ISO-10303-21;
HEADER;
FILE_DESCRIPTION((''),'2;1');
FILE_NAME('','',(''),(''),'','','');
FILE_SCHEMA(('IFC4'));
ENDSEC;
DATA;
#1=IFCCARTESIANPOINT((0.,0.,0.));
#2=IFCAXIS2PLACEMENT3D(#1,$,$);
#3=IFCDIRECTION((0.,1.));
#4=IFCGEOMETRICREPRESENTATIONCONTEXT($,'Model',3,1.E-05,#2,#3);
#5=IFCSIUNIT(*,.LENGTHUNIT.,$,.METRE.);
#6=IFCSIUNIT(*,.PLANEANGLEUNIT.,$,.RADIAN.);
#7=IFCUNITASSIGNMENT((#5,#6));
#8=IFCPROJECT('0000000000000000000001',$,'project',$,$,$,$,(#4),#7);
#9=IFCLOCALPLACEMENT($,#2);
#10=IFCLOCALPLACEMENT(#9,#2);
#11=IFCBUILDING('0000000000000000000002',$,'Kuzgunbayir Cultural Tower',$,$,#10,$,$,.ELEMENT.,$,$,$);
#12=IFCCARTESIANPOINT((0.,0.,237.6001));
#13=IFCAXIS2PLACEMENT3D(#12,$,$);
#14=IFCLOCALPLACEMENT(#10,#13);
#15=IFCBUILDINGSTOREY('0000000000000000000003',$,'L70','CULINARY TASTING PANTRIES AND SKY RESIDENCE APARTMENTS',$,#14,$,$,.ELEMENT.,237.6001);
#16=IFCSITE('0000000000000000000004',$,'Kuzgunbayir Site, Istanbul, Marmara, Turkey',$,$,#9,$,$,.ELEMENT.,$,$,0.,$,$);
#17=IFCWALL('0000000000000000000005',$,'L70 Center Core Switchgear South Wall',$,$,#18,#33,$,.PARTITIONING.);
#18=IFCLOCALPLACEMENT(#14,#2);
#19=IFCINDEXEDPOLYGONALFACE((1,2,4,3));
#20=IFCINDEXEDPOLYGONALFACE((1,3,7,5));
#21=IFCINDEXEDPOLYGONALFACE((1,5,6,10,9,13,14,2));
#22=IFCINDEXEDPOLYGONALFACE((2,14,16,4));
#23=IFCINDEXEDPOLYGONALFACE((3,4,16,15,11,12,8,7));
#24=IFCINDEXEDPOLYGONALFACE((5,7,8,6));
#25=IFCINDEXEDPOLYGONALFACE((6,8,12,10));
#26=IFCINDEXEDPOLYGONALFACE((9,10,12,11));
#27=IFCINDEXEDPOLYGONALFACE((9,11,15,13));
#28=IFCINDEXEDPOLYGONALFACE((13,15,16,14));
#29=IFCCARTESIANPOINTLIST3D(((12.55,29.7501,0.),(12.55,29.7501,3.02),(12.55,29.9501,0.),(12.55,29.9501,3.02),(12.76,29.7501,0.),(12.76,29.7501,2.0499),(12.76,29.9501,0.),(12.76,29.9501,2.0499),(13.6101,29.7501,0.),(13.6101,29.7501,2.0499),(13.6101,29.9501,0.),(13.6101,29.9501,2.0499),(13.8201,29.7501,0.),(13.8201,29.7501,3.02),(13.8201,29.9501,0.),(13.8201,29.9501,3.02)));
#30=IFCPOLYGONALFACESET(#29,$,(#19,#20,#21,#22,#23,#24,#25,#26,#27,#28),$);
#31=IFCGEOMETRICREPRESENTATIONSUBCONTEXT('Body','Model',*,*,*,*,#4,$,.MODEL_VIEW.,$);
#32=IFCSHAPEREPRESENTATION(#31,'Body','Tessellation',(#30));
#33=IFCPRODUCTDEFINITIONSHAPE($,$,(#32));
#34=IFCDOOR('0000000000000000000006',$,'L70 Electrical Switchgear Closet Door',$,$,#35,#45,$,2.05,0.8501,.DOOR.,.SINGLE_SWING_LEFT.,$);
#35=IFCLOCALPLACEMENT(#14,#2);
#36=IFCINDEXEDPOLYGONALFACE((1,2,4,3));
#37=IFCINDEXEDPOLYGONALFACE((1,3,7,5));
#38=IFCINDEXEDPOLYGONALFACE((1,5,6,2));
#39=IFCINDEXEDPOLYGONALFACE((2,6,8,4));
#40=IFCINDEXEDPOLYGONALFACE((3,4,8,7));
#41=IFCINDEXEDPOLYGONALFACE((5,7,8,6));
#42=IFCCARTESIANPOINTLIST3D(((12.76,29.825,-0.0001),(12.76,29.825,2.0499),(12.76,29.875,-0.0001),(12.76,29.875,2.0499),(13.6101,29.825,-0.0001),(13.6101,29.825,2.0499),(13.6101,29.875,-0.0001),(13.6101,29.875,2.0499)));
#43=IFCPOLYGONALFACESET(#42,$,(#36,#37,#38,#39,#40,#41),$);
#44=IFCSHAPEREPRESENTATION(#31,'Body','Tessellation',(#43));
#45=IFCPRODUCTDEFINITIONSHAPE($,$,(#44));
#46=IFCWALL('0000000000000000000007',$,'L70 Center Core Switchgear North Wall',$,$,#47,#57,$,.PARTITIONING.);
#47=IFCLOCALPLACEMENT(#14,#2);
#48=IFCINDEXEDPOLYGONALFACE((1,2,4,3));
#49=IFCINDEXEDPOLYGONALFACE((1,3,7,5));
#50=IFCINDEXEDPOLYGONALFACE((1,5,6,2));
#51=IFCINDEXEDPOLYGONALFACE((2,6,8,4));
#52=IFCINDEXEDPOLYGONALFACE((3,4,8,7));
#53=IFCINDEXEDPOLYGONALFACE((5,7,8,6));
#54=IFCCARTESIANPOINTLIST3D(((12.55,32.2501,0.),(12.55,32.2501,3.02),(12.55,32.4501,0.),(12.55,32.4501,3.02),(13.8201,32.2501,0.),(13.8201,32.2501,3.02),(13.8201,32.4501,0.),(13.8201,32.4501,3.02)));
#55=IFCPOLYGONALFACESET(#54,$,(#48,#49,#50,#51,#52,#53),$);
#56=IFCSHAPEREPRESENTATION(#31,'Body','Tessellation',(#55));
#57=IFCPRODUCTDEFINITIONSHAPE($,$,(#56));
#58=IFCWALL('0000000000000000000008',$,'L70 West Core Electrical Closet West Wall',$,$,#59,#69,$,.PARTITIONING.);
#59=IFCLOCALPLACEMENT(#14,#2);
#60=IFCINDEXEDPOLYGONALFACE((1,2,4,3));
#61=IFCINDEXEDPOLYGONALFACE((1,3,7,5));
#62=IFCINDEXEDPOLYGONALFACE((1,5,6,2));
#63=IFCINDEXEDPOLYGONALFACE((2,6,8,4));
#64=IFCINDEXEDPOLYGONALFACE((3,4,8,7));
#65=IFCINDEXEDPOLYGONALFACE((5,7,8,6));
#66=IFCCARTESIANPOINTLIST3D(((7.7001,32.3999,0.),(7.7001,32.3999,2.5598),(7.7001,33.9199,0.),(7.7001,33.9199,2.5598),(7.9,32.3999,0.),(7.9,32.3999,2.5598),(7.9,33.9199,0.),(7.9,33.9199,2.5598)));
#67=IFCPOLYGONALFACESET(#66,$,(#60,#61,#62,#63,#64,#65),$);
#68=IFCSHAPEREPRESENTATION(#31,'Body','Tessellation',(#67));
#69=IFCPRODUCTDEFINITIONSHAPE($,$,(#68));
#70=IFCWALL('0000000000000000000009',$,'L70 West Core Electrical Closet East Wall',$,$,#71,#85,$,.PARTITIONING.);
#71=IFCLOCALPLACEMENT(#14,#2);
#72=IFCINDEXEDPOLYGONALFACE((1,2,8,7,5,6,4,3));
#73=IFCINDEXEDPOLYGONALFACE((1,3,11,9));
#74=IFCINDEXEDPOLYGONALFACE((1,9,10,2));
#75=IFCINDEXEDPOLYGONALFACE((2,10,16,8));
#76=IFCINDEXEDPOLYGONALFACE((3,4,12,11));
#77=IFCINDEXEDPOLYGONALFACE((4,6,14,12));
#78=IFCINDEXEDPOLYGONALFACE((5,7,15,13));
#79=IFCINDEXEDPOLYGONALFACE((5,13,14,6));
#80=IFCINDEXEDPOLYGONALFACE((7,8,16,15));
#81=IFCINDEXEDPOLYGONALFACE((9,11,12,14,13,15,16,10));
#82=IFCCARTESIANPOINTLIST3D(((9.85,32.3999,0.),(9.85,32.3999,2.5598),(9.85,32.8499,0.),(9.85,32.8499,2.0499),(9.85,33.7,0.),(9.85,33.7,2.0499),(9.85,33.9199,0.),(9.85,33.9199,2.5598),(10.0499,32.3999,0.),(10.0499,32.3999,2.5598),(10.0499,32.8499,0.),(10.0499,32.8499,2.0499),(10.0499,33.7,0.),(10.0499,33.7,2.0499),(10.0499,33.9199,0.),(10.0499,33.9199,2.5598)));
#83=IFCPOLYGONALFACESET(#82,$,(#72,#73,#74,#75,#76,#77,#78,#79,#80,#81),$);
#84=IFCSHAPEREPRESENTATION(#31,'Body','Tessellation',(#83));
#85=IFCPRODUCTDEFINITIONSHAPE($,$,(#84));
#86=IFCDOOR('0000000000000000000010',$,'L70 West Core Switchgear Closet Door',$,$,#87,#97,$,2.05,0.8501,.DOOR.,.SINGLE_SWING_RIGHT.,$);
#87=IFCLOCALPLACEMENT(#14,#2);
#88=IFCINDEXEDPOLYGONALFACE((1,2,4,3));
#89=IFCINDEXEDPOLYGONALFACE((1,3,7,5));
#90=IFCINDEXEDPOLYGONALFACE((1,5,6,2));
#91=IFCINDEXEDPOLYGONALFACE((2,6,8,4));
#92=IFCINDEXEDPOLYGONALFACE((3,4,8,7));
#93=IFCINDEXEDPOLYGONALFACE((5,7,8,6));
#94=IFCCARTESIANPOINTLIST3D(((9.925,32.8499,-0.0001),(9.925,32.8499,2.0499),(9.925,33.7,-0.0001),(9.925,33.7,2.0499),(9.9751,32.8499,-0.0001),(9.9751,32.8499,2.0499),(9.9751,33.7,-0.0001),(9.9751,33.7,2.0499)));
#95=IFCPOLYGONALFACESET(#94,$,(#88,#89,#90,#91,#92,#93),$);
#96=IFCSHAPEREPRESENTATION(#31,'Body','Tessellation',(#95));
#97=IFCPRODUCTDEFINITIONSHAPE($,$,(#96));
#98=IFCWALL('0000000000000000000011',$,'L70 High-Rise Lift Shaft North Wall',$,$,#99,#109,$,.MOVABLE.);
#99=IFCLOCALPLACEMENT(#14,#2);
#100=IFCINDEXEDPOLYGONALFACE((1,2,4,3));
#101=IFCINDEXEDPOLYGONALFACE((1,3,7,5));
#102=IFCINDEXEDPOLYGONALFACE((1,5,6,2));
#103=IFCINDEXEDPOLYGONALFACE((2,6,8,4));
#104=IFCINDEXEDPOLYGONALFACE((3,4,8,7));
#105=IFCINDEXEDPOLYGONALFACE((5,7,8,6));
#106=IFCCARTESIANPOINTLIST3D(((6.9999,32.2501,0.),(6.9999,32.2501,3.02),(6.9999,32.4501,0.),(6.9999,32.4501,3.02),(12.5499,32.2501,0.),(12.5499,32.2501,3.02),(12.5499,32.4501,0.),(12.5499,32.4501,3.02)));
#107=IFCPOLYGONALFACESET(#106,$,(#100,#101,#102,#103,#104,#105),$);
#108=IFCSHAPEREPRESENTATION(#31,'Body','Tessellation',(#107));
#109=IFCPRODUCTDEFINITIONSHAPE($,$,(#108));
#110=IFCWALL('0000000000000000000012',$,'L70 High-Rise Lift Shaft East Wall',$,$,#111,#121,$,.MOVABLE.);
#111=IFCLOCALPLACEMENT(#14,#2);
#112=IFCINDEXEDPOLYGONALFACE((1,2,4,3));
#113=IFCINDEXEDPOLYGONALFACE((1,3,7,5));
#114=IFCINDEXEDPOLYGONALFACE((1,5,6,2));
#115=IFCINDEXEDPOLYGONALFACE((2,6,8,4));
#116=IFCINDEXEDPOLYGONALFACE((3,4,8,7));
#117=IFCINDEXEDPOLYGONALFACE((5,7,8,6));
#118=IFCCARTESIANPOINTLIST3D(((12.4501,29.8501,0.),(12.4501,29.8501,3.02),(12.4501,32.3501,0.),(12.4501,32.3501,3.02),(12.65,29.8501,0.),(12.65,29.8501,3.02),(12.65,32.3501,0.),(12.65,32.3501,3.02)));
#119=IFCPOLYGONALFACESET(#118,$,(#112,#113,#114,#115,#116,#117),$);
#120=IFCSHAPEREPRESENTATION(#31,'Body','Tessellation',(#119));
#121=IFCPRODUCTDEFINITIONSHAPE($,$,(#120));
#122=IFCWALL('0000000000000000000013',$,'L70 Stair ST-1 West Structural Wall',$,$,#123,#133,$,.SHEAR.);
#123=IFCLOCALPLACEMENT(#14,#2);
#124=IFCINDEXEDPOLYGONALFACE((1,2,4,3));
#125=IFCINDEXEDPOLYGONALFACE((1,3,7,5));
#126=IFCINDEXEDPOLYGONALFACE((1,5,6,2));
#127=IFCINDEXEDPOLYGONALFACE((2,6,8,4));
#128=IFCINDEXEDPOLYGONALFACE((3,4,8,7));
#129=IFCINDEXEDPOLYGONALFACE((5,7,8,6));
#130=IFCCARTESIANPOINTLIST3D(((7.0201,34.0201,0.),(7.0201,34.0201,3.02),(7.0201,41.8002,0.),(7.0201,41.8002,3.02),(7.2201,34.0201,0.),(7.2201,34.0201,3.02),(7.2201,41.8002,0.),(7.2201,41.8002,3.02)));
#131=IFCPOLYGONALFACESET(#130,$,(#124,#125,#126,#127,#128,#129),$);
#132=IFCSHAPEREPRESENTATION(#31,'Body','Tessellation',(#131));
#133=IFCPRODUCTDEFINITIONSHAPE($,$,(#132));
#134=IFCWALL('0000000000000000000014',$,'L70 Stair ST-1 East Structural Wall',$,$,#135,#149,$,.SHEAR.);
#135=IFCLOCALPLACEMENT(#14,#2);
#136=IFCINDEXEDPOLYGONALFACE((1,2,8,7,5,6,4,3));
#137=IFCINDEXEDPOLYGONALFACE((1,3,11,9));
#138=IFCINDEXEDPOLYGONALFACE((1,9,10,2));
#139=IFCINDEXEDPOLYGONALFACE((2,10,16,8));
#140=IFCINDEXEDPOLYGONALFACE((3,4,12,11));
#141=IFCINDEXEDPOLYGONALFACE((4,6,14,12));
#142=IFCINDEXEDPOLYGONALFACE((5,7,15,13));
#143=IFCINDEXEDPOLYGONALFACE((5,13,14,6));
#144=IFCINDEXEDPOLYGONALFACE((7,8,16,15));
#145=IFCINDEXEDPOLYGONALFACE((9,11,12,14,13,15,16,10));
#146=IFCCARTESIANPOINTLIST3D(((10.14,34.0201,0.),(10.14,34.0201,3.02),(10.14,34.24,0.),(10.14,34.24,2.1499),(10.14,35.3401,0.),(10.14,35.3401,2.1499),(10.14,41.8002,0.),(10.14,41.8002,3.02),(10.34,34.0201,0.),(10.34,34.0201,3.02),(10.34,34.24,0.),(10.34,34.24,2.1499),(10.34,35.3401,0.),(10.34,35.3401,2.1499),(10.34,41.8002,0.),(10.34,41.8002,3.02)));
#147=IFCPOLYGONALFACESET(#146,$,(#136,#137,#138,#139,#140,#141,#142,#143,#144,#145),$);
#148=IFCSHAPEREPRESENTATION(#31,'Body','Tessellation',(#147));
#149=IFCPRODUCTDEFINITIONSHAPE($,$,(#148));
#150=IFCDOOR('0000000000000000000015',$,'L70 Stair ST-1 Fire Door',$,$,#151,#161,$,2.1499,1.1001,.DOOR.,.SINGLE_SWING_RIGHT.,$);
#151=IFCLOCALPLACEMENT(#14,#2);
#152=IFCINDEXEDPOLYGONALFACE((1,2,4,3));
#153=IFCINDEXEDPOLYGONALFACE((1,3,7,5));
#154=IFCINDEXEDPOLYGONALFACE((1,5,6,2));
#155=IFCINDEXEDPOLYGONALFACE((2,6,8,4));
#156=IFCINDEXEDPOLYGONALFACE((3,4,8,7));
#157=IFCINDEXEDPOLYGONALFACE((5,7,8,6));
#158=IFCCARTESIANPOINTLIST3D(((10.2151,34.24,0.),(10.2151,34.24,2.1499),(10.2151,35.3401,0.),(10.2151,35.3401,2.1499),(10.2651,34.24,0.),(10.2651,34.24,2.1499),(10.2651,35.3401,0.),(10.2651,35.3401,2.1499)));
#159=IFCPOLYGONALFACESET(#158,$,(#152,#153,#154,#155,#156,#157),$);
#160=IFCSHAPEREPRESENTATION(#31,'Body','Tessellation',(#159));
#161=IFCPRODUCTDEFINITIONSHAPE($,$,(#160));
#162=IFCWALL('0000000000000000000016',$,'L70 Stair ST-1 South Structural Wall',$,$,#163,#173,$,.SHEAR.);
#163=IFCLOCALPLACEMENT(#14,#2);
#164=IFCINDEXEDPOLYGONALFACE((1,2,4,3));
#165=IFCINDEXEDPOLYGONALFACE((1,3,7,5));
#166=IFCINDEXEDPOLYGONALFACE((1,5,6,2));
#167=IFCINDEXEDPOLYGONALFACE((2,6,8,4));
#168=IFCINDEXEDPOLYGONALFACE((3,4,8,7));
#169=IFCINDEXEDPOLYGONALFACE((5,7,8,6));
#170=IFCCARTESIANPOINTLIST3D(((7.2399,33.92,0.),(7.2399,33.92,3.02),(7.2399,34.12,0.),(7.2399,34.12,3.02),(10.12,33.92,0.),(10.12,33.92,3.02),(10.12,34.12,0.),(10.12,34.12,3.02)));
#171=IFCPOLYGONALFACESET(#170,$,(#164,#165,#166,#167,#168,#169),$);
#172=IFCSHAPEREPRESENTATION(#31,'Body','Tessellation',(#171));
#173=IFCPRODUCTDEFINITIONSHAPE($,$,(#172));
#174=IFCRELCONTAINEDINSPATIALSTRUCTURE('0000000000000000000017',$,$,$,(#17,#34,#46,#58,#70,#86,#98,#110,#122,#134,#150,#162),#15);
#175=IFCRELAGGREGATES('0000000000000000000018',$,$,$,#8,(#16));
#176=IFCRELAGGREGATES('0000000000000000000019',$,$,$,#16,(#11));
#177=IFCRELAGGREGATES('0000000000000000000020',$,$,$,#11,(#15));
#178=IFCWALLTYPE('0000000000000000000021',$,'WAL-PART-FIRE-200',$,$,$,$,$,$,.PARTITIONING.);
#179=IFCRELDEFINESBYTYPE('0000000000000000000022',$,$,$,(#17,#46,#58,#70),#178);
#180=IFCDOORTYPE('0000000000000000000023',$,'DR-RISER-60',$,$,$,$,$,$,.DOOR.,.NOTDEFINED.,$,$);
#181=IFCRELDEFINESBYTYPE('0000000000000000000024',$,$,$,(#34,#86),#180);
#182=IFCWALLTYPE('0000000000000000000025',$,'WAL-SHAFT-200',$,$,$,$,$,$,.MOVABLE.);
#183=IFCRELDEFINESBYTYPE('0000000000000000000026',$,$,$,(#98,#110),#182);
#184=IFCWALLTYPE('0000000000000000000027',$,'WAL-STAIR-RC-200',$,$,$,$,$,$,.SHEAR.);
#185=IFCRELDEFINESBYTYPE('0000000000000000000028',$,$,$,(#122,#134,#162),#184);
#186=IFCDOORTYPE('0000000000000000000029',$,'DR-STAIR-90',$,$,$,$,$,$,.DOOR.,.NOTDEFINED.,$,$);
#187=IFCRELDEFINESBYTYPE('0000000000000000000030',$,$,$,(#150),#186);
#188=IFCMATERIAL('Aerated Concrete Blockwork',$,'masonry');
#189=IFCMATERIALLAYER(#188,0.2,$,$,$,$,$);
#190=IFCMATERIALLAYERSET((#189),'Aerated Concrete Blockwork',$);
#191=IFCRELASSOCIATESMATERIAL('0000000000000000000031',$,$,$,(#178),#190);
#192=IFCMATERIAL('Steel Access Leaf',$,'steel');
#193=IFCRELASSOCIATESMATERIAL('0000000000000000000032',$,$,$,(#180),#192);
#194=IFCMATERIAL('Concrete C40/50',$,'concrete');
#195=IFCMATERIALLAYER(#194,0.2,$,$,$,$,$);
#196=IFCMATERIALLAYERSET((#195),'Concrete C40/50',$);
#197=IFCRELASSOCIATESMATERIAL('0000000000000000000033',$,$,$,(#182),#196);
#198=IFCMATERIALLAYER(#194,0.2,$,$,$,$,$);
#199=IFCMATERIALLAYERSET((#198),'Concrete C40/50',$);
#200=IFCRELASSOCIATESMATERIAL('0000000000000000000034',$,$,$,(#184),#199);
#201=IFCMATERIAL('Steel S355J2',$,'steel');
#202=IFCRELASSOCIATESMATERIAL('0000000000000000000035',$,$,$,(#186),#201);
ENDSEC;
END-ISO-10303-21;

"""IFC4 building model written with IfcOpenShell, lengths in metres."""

from ifc_helpers import new_model, si_unit, direction, frame, frame_2d, origin, place, context, subcontext, project, spatial, rectangle, extrude, material, layer, layer_set, type_object, element, fill, save


model = new_model("IFC4")

# Units and contexts
model_context = context("Model", 3, precision=1e-05, world=origin(), true_north=direction((0.0, 1.0)))
body_context = subcontext(model_context, "Body", "Model", "MODEL_VIEW")
ifc_project = project(units=[si_unit("LENGTHUNIT", "METRE"), si_unit("PLANEANGLEUNIT", "RADIAN")], contexts=[model_context])

# Site, building, storey
site_placement = place(None, origin())
site = spatial("IfcSite", under=ifc_project, at=site_placement, Name="Kuzgunbayir Site, Istanbul, Marmara, Turkey", CompositionType="ELEMENT", RefElevation=0.0)
building_placement = place(site_placement, origin())
building = spatial("IfcBuilding", under=site, at=building_placement, Name="Kuzgunbayir Cultural Tower", CompositionType="ELEMENT")
storey_placement = place(building_placement, frame((0.0, 0.0, 237.6001)))
storey = spatial("IfcBuildingStorey", under=building, at=storey_placement, Name="L70", Description="CULINARY TASTING PANTRIES AND SKY RESIDENCE APARTMENTS", CompositionType="ELEMENT", Elevation=237.6001)

# Shared definitions
ifc_material_1 = material(Name="Steel S355J2", Category="steel")

# Shared definitions
ifc_material_2 = material(Name="Aerated Concrete Blockwork", Category="masonry")
ifc_layer_1 = layer(ifc_material_2, 0.2)
ifc_layer_set_1 = layer_set([ifc_layer_1], Name="Aerated Concrete Blockwork")
wall_type_1 = type_object("IfcWallType", Name="WAL-PART-FIRE-200", PredefinedType="PARTITIONING", material=ifc_layer_set_1)

# Wall, opening, door
wall_1_placement = place(storey_placement, frame((12.55, 29.8501, 0.0), z_axis=(0.0, 0.0, 1.0), x_axis=(1.0, 0.0, 0.0)))
wall_1 = element("IfcWall", 1, at=wall_1_placement, inside=storey, type_object=wall_type_1, Name="L70 Center Core Switchgear South Wall", PredefinedType="PARTITIONING", context=body_context, shape_type="SweptSolid", body=[
    extrude(rectangle(XDim=1.27, YDim=0.2, at=frame_2d((0.635, 0.0))), origin(), (0.0, 0.0, 1.0), 3.02),
])
opening_1_placement = place(wall_1_placement, frame((0.21, 0.0, 0.0)))
opening_1 = element("IfcOpeningElement", 2, at=opening_1_placement, cuts=wall_1, PredefinedType="OPENING", context=body_context, shape_type="SweptSolid", body=[
    extrude(rectangle(XDim=0.8501, YDim=2.05, at=frame_2d((0.425, 1.0249))), frame((0.0, 0.1099, 0.0), z_axis=(0.0, -1.0, 0.0), x_axis=(1.0, 0.0, 0.0)), (0.0, 0.0, 1.0), 0.22),
])
ifc_material_3 = material(Name="Steel Access Leaf", Category="steel")
door_type_1 = type_object("IfcDoorType", Name="DR-RISER-60", OperationType="NOTDEFINED", PredefinedType="DOOR", material=ifc_material_3)
door_1_placement = place(opening_1_placement, origin())
door_1 = element("IfcDoor", 3, at=door_1_placement, inside=storey, type_object=door_type_1, Name="L70 Electrical Switchgear Closet Door", OperationType="SINGLE_SWING_LEFT", OverallHeight=2.05, OverallWidth=0.8501, PredefinedType="DOOR", context=body_context, shape_type="SweptSolid", body=[
    extrude(rectangle(XDim=0.8501, YDim=2.05, at=frame_2d((0.425, 1.0249))), frame((0.0, 0.0249, 0.0), z_axis=(0.0, -1.0, 0.0), x_axis=(1.0, 0.0, 0.0)), (0.0, 0.0, 1.0), 0.05),
])
fill(opening_1, door_1)

# Walls
wall_2_placement = place(storey_placement, frame((12.55, 32.3501, 0.0), z_axis=(0.0, 0.0, 1.0), x_axis=(1.0, 0.0, 0.0)))
element("IfcWall", 4, at=wall_2_placement, inside=storey, type_object=wall_type_1, Name="L70 Center Core Switchgear North Wall", PredefinedType="PARTITIONING", context=body_context, shape_type="SweptSolid", body=[
    extrude(rectangle(XDim=1.27, YDim=0.2, at=frame_2d((0.635, 0.0))), origin(), (0.0, 0.0, 1.0), 3.02),
])
wall_3_placement = place(storey_placement, frame((7.8, 32.3999, 0.0), z_axis=(0.0, 0.0, 1.0), x_axis=(0.0, 1.0, 0.0)))
element("IfcWall", 5, at=wall_3_placement, inside=storey, type_object=wall_type_1, Name="L70 West Core Electrical Closet West Wall", PredefinedType="PARTITIONING", context=body_context, shape_type="SweptSolid", body=[
    extrude(rectangle(XDim=1.52, YDim=0.2, at=frame_2d((0.76, 0.0))), origin(), (0.0, 0.0, 1.0), 2.5598),
])

# Wall, opening, door
wall_4_placement = place(storey_placement, frame((9.95, 32.3999, 0.0), z_axis=(0.0, 0.0, 1.0), x_axis=(0.0, 1.0, 0.0)))
wall_4 = element("IfcWall", 6, at=wall_4_placement, inside=storey, type_object=wall_type_1, Name="L70 West Core Electrical Closet East Wall", PredefinedType="PARTITIONING", context=body_context, shape_type="SweptSolid", body=[
    extrude(rectangle(XDim=1.52, YDim=0.2, at=frame_2d((0.76, 0.0))), origin(), (0.0, 0.0, 1.0), 2.5598),
])
opening_2_placement = place(wall_4_placement, frame((0.45, 0.0, 0.0)))
opening_2 = element("IfcOpeningElement", 7, at=opening_2_placement, cuts=wall_4, PredefinedType="OPENING", context=body_context, shape_type="SweptSolid", body=[
    extrude(rectangle(XDim=0.8501, YDim=2.05, at=frame_2d((0.425, 1.0249))), frame((0.0, 0.1099, 0.0), z_axis=(0.0, -1.0, 0.0), x_axis=(1.0, 0.0, 0.0)), (0.0, 0.0, 1.0), 0.22),
])
door_2_placement = place(opening_2_placement, origin())
door_2 = element("IfcDoor", 8, at=door_2_placement, inside=storey, type_object=door_type_1, Name="L70 West Core Switchgear Closet Door", OperationType="SINGLE_SWING_RIGHT", OverallHeight=2.05, OverallWidth=0.8501, PredefinedType="DOOR", context=body_context, shape_type="SweptSolid", body=[
    extrude(rectangle(XDim=0.8501, YDim=2.05, at=frame_2d((0.425, 1.0249))), frame((0.0, 0.0249, 0.0), z_axis=(0.0, -1.0, 0.0), x_axis=(1.0, 0.0, 0.0)), (0.0, 0.0, 1.0), 0.05),
])
fill(opening_2, door_2)

# Walls
ifc_material_4 = material(Name="Concrete C40/50", Category="concrete")
ifc_layer_2 = layer(ifc_material_4, 0.2)
ifc_layer_set_2 = layer_set([ifc_layer_2], Name="Concrete C40/50")
wall_type_2 = type_object("IfcWallType", Name="WAL-SHAFT-200", PredefinedType="MOVABLE", material=ifc_layer_set_2)
wall_5_placement = place(storey_placement, frame((7.0, 32.3501, 0.0), z_axis=(0.0, 0.0, 1.0), x_axis=(1.0, 0.0, 0.0)))
element("IfcWall", 9, at=wall_5_placement, inside=storey, type_object=wall_type_2, Name="L70 High-Rise Lift Shaft North Wall", PredefinedType="MOVABLE", context=body_context, shape_type="SweptSolid", body=[
    extrude(rectangle(XDim=5.55, YDim=0.2, at=frame_2d((2.7749, 0.0))), origin(), (0.0, 0.0, 1.0), 3.02),
])
wall_6_placement = place(storey_placement, frame((12.55, 29.8501, 0.0), z_axis=(0.0, 0.0, 1.0), x_axis=(0.0, 1.0, 0.0)))
element("IfcWall", 10, at=wall_6_placement, inside=storey, type_object=wall_type_2, Name="L70 High-Rise Lift Shaft East Wall", PredefinedType="MOVABLE", context=body_context, shape_type="SweptSolid", body=[
    extrude(rectangle(XDim=2.5, YDim=0.2, at=frame_2d((1.25, 0.0))), origin(), (0.0, 0.0, 1.0), 3.02),
])
ifc_layer_3 = layer(ifc_material_4, 0.2)
ifc_layer_set_3 = layer_set([ifc_layer_3], Name="Concrete C40/50")
wall_type_3 = type_object("IfcWallType", Name="WAL-STAIR-RC-200", PredefinedType="SHEAR", material=ifc_layer_set_3)
wall_7_placement = place(storey_placement, frame((7.1201, 34.02, 0.0), z_axis=(0.0, 0.0, 1.0), x_axis=(0.0, 1.0, 0.0)))
element("IfcWall", 11, at=wall_7_placement, inside=storey, type_object=wall_type_3, Name="L70 Stair ST-1 West Structural Wall", PredefinedType="SHEAR", context=body_context, shape_type="SweptSolid", body=[
    extrude(rectangle(XDim=7.78, YDim=0.2, at=frame_2d((3.8901, 0.0))), origin(), (0.0, 0.0, 1.0), 3.02),
])

# Wall, opening, door
wall_8_placement = place(storey_placement, frame((10.24, 34.02, 0.0), z_axis=(0.0, 0.0, 1.0), x_axis=(0.0, 1.0, 0.0)))
wall_8 = element("IfcWall", 12, at=wall_8_placement, inside=storey, type_object=wall_type_3, Name="L70 Stair ST-1 East Structural Wall", PredefinedType="SHEAR", context=body_context, shape_type="SweptSolid", body=[
    extrude(rectangle(XDim=7.78, YDim=0.2, at=frame_2d((3.8901, 0.0))), origin(), (0.0, 0.0, 1.0), 3.02),
])
opening_3_placement = place(wall_8_placement, frame((0.22, 0.0, 0.0)))
opening_3 = element("IfcOpeningElement", 13, at=opening_3_placement, cuts=wall_8, PredefinedType="OPENING", context=body_context, shape_type="SweptSolid", body=[
    extrude(rectangle(XDim=1.1001, YDim=2.1499, at=frame_2d((0.55, 1.075))), frame((0.0, 0.1099, 0.0), z_axis=(0.0, -1.0, 0.0), x_axis=(1.0, 0.0, 0.0)), (0.0, 0.0, 1.0), 0.22),
])
door_type_2 = type_object("IfcDoorType", Name="DR-STAIR-90", OperationType="NOTDEFINED", PredefinedType="DOOR", material=ifc_material_1)
door_3_placement = place(opening_3_placement, origin())
door_3 = element("IfcDoor", 14, at=door_3_placement, inside=storey, type_object=door_type_2, Name="L70 Stair ST-1 Fire Door", OperationType="SINGLE_SWING_RIGHT", OverallHeight=2.1499, OverallWidth=1.1001, PredefinedType="DOOR", context=body_context, shape_type="SweptSolid", body=[
    extrude(rectangle(XDim=1.1001, YDim=2.1499, at=frame_2d((0.55, 1.075))), frame((0.0, 0.0249, 0.0), z_axis=(0.0, -1.0, 0.0), x_axis=(1.0, 0.0, 0.0)), (0.0, 0.0, 1.0), 0.05),
])
fill(opening_3, door_3)

# Wall
wall_9_placement = place(storey_placement, frame((7.24, 34.02, 0.0), z_axis=(0.0, 0.0, 1.0), x_axis=(1.0, 0.0, 0.0)))
element("IfcWall", 15, at=wall_9_placement, inside=storey, type_object=wall_type_3, Name="L70 Stair ST-1 South Structural Wall", PredefinedType="SHEAR", context=body_context, shape_type="SweptSolid", body=[
    extrude(rectangle(XDim=2.8801, YDim=0.2, at=frame_2d((1.4399, 0.0))), origin(), (0.0, 0.0, 1.0), 3.02),
])

save(model, "model.ifc")
